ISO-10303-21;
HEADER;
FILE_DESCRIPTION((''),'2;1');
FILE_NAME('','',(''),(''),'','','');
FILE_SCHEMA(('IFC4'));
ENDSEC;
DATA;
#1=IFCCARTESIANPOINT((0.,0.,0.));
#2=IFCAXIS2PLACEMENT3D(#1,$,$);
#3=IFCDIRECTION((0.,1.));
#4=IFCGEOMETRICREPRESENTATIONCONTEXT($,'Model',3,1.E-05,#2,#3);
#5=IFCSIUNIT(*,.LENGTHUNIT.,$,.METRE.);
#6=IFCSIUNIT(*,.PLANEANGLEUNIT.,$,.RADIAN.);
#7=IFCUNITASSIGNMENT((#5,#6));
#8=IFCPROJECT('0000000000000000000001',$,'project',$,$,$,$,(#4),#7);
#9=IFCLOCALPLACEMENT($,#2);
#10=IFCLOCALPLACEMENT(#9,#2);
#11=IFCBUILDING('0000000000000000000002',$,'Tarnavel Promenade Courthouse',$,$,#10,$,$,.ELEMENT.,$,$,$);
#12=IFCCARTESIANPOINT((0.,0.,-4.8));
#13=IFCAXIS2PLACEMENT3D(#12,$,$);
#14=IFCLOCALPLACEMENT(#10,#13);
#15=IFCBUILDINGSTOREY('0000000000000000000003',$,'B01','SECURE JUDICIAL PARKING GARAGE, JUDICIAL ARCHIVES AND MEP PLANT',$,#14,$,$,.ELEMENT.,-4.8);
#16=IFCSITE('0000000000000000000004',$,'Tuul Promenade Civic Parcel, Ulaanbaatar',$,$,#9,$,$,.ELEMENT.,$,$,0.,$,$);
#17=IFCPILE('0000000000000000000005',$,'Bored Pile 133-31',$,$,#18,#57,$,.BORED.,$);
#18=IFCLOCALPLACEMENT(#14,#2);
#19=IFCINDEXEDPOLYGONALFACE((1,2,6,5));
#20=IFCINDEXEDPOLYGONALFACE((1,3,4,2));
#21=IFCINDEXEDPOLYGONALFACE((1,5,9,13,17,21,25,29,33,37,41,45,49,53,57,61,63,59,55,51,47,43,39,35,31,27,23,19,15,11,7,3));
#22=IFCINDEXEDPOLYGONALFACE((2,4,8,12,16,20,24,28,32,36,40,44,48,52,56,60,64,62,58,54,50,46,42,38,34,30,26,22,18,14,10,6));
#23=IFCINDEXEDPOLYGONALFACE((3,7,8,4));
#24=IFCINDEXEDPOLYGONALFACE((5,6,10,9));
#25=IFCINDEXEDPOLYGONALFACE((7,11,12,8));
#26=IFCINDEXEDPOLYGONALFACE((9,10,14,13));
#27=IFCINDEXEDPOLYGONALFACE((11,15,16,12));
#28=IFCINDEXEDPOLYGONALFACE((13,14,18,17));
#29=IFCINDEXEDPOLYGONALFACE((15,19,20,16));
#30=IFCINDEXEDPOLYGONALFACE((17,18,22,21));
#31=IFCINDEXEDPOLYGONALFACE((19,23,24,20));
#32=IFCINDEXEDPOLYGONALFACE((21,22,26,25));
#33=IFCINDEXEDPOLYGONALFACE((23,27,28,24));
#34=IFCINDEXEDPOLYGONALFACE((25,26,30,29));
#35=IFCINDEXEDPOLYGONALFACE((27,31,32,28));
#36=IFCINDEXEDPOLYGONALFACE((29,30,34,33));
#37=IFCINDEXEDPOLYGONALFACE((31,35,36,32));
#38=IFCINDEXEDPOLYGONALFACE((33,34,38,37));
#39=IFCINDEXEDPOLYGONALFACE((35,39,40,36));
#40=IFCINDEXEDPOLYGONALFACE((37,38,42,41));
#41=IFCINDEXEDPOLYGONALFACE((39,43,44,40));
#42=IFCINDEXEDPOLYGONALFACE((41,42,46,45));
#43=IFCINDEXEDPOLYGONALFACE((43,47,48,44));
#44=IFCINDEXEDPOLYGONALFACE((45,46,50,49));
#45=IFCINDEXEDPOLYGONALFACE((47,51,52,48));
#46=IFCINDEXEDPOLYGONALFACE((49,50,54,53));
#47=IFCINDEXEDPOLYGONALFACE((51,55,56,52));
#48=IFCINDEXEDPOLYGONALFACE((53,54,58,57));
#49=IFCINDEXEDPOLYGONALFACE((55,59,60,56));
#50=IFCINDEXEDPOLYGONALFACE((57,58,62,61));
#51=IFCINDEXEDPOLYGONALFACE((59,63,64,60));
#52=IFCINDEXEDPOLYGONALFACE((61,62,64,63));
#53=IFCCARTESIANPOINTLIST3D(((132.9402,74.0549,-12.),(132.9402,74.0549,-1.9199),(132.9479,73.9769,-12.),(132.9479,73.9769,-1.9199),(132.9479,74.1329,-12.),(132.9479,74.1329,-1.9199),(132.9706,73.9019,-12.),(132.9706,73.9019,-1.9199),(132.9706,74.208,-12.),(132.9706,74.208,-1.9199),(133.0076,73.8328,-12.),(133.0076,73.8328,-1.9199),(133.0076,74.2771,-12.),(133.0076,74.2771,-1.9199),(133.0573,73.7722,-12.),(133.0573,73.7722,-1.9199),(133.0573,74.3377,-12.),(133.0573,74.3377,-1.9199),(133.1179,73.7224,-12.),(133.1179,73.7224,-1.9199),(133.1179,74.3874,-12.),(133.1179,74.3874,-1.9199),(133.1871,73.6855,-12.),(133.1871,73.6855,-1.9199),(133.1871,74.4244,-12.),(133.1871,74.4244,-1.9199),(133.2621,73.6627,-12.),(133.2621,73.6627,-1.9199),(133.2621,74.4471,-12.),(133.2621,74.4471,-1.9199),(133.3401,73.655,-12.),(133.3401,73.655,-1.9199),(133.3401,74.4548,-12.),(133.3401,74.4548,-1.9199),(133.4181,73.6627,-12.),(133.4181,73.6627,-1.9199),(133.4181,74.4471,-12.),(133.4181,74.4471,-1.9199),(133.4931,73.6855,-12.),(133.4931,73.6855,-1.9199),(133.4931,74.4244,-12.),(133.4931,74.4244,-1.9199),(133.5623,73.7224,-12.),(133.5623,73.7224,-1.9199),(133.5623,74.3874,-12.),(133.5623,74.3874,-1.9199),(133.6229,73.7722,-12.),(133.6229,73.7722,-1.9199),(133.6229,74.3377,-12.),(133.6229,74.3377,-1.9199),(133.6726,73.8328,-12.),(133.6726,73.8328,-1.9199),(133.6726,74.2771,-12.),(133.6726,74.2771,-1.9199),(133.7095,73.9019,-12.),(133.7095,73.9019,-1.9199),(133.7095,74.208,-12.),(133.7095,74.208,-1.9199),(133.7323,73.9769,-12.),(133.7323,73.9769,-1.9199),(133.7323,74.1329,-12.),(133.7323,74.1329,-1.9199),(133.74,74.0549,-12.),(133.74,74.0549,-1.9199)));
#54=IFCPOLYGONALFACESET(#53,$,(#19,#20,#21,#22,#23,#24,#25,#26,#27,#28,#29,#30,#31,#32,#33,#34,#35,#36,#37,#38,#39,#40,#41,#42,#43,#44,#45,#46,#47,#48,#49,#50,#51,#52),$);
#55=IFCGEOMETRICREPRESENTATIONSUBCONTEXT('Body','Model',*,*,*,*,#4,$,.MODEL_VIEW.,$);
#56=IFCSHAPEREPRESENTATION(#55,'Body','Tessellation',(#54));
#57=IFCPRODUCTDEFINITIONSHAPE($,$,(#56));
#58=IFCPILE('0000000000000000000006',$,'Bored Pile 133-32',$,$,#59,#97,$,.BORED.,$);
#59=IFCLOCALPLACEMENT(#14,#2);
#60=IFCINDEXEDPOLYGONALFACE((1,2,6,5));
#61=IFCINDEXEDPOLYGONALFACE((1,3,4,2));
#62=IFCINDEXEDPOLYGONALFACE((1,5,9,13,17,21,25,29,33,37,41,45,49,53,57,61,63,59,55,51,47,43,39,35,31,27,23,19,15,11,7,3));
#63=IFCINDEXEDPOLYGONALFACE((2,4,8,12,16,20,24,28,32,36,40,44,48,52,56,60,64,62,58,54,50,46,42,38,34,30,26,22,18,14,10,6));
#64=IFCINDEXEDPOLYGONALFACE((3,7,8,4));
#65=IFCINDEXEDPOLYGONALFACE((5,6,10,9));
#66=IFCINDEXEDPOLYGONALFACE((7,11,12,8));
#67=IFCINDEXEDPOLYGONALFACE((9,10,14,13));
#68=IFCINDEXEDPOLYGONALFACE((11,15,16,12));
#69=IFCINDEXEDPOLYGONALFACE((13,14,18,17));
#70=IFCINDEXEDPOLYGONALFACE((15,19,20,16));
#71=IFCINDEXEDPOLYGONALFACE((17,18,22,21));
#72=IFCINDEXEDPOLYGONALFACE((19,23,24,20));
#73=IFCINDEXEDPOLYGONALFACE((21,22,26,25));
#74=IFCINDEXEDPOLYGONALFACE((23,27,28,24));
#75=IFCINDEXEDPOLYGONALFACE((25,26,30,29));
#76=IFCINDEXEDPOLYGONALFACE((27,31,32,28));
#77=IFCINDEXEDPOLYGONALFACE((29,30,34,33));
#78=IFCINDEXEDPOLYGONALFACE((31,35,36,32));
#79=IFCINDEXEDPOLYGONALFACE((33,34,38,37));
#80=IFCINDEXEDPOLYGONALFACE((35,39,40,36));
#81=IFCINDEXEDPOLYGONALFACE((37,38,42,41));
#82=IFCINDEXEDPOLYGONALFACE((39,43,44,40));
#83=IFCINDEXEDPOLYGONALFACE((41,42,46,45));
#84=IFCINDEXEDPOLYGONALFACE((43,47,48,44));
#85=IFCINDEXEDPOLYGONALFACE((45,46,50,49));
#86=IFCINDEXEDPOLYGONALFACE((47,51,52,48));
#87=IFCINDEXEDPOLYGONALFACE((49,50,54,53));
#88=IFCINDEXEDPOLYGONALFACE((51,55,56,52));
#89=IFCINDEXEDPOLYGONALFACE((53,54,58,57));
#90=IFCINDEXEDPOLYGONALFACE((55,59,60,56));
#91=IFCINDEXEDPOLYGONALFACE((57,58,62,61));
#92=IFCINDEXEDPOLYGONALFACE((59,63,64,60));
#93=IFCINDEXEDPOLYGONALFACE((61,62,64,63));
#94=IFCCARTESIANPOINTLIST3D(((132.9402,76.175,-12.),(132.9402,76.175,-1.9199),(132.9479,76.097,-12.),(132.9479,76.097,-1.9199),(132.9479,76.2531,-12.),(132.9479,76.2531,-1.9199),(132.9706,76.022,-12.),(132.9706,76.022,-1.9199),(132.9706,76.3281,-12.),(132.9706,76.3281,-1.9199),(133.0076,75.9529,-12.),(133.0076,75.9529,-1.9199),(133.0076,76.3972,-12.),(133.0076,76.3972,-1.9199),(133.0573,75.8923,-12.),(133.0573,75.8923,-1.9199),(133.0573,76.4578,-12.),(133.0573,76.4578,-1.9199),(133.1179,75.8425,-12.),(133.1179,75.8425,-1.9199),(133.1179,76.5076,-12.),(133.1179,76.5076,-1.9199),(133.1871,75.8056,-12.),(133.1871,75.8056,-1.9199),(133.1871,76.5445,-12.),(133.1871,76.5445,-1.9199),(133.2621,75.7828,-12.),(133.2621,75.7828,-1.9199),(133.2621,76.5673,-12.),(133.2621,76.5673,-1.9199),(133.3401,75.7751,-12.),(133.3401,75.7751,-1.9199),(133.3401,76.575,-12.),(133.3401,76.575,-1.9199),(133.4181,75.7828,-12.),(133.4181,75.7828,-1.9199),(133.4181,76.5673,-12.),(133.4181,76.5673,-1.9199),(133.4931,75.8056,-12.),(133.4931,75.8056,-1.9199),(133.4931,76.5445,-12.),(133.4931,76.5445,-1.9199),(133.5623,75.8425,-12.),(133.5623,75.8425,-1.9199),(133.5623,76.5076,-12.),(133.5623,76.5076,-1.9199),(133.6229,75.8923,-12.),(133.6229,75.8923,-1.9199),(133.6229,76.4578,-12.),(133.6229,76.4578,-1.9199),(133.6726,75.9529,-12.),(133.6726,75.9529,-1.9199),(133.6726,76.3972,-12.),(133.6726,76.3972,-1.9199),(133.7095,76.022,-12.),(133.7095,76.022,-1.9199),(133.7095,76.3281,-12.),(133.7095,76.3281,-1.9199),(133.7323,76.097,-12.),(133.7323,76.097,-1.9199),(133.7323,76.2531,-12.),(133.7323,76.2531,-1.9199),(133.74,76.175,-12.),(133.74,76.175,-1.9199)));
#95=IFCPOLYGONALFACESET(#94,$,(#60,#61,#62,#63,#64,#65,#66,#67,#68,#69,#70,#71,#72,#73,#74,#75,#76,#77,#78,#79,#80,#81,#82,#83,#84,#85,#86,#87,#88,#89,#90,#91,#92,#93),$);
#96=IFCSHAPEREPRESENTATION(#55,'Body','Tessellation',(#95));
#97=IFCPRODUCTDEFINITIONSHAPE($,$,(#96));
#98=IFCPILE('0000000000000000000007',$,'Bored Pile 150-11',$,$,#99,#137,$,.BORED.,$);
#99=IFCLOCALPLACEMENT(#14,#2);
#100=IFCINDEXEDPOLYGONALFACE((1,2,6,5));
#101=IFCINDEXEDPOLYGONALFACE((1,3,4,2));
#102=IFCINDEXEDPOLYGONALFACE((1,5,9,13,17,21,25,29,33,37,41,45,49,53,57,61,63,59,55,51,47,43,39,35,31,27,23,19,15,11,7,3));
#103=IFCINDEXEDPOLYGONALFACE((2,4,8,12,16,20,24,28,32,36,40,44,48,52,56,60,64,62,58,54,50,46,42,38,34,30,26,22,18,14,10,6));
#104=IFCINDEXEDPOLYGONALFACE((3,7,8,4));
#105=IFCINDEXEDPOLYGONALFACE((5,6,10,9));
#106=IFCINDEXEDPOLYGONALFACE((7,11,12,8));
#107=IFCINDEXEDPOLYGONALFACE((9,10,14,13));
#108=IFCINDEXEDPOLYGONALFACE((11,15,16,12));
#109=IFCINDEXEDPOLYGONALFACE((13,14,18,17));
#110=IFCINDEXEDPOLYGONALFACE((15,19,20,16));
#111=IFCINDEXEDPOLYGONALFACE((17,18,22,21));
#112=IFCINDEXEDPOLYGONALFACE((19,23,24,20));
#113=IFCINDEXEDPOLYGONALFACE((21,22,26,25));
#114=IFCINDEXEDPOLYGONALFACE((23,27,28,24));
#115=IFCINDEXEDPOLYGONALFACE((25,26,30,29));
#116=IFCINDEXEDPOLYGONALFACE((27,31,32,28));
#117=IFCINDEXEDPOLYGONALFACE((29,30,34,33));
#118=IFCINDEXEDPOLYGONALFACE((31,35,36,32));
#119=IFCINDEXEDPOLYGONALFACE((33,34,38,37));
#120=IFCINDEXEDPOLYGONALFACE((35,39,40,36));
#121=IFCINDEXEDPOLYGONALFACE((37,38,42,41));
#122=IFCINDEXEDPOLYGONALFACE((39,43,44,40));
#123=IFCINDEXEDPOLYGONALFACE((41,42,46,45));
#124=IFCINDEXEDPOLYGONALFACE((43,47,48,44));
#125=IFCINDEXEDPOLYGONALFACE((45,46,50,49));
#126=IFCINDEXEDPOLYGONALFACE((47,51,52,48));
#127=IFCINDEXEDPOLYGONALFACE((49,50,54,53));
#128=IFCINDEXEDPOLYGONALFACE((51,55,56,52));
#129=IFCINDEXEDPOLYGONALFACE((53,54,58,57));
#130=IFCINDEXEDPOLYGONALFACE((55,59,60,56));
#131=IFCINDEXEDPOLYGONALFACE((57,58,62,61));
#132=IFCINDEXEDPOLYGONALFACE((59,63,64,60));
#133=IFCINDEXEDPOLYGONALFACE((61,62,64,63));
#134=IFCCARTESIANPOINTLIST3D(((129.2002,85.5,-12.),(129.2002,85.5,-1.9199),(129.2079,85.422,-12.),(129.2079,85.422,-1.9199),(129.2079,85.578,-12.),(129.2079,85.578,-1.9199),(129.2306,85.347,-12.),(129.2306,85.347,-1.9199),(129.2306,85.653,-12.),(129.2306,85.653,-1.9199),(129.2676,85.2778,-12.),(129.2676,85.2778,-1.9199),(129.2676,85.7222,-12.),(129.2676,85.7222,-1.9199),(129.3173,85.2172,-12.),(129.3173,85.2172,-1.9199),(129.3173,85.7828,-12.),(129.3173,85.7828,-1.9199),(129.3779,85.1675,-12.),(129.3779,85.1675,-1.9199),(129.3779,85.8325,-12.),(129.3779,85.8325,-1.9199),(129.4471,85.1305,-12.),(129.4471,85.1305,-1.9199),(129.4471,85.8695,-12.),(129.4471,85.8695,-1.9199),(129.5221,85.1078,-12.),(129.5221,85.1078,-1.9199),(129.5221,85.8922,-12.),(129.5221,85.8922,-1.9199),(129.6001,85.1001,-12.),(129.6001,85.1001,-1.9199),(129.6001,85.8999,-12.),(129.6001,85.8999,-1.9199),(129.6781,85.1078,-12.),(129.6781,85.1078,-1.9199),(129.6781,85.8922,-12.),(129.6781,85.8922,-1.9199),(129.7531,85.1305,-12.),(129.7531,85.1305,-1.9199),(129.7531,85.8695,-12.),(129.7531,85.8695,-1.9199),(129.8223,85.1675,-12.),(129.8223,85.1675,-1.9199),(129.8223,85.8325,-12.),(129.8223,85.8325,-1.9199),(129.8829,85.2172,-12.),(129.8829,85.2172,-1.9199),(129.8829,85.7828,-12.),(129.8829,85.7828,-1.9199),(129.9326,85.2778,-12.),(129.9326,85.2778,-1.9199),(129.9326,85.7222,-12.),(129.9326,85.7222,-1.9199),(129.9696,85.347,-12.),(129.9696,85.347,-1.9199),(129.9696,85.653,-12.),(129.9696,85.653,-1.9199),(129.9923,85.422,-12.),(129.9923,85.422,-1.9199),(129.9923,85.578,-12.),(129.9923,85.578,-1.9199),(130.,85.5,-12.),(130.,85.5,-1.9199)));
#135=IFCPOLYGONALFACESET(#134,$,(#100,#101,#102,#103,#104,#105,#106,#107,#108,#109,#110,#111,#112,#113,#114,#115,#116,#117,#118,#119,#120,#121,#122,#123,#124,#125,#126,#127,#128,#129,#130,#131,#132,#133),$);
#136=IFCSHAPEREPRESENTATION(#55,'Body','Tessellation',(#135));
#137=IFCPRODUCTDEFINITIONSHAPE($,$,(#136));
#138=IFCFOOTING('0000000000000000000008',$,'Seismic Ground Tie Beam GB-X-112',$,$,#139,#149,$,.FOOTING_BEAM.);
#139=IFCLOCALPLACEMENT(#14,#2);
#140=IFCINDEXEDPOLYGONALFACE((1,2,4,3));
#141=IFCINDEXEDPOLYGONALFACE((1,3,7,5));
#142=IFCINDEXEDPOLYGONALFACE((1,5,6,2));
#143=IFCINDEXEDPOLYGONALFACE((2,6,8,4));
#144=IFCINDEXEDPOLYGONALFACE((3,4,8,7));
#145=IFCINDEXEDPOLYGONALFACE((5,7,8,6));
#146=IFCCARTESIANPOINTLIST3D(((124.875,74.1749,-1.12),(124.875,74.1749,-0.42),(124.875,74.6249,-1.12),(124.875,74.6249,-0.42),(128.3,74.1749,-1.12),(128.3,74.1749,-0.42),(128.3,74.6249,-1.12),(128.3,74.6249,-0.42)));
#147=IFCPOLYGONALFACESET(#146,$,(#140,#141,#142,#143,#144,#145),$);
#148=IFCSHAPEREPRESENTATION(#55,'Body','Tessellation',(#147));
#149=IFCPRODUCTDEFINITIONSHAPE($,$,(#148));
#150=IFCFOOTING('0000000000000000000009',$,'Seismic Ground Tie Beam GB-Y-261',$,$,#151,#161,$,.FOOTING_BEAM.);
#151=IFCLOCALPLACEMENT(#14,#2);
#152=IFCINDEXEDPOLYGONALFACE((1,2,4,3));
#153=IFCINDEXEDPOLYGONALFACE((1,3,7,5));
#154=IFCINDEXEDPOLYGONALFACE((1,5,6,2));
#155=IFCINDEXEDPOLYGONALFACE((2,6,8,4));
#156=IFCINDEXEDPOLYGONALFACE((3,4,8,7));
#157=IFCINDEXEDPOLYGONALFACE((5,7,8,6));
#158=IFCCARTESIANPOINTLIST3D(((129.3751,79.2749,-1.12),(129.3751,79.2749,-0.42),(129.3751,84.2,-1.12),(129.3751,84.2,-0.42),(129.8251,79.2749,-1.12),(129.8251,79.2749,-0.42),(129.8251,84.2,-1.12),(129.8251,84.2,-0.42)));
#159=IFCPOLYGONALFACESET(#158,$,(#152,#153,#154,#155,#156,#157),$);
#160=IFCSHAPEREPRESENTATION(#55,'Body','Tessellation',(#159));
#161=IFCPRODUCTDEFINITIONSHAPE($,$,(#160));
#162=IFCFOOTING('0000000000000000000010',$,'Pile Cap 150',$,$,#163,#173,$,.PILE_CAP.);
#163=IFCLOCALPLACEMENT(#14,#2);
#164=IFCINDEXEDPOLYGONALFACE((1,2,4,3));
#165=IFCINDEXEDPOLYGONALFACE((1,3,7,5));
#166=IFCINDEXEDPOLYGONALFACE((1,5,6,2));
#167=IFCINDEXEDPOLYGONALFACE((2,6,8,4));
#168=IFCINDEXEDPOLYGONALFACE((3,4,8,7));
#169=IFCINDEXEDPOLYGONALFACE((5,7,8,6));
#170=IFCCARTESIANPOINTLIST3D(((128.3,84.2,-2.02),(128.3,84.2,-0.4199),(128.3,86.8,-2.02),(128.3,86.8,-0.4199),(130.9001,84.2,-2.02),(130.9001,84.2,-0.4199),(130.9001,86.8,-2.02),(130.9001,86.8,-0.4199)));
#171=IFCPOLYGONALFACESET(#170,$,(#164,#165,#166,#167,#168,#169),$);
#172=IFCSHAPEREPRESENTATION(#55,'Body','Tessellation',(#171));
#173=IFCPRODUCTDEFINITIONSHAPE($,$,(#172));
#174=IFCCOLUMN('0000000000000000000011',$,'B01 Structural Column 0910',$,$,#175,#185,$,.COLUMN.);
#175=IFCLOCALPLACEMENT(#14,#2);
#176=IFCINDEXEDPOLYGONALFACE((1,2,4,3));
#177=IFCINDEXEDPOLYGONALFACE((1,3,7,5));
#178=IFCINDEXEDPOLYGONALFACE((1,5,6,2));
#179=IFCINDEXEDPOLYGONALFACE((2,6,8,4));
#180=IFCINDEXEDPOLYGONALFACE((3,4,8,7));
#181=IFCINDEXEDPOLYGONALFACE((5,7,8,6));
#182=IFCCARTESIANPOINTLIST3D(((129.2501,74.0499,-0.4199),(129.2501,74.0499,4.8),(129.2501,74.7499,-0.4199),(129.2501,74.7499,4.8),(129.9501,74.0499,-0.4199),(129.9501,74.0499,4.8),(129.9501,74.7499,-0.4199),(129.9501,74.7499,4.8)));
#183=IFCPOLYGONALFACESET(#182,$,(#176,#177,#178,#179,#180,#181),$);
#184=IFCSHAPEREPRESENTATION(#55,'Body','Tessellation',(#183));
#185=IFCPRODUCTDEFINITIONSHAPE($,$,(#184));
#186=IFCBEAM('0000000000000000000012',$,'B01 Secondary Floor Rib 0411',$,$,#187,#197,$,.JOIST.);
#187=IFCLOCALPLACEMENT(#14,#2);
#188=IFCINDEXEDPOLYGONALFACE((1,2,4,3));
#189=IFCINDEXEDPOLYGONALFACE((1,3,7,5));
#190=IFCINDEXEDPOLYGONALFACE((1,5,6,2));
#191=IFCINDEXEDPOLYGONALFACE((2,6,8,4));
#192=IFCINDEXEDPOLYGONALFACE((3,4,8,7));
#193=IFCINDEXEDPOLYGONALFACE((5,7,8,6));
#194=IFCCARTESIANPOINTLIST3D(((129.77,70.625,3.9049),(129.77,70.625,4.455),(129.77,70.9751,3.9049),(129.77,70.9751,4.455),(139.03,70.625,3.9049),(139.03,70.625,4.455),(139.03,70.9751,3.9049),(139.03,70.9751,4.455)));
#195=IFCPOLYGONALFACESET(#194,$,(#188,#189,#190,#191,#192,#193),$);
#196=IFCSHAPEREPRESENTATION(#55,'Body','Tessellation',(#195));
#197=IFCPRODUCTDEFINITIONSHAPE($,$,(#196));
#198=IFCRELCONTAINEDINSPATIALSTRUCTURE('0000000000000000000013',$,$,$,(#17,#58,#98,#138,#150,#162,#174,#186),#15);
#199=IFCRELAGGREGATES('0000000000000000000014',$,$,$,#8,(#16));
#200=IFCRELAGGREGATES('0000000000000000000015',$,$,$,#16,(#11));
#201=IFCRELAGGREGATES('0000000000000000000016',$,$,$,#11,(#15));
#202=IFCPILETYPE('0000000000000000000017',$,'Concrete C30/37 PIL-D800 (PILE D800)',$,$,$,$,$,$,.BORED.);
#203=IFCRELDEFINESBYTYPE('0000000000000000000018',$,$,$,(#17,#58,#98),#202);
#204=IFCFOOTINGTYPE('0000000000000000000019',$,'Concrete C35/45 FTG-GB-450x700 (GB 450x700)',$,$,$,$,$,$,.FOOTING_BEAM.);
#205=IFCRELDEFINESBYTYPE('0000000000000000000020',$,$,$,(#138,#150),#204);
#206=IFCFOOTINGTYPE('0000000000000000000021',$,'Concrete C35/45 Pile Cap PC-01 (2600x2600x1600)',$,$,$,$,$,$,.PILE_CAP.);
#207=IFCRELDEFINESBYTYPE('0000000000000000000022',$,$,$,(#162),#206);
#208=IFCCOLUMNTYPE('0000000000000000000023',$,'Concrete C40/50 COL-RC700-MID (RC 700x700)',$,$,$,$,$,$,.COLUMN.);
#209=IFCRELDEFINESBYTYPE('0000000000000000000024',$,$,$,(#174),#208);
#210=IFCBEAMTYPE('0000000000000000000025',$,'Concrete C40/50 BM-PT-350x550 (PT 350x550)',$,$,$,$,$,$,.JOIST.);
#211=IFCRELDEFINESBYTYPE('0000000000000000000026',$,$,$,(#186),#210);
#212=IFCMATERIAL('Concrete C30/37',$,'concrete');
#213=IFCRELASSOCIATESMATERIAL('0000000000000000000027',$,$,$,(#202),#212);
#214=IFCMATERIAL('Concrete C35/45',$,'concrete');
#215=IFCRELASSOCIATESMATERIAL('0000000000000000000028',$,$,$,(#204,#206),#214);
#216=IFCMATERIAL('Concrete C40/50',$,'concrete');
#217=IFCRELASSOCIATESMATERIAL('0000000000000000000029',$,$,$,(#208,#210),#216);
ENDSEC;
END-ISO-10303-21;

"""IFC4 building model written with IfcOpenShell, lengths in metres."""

from ifc_helpers import new_model, si_unit, direction, frame, origin, origin_2d, place, context, subcontext, project, spatial, rectangle, circle, extrude, material, material_profile, profile_set, type_object, element, save


model = new_model("IFC4")

# Units and contexts
model_context = context("Model", 3, precision=1e-05, world=origin(), true_north=direction((0.0, 1.0)))
body_context = subcontext(model_context, "Body", "Model", "MODEL_VIEW")
ifc_project = project(units=[si_unit("LENGTHUNIT", "METRE"), si_unit("PLANEANGLEUNIT", "RADIAN")], contexts=[model_context])

# Site, building, storey
site_placement = place(None, origin())
site = spatial("IfcSite", under=ifc_project, at=site_placement, Name="Tuul Promenade Civic Parcel, Ulaanbaatar", CompositionType="ELEMENT", RefElevation=0.0)
building_placement = place(site_placement, origin())
building = spatial("IfcBuilding", under=site, at=building_placement, Name="Tarnavel Promenade Courthouse", CompositionType="ELEMENT")
storey_placement = place(building_placement, frame((0.0, 0.0, -4.8)))
storey = spatial("IfcBuildingStorey", under=building, at=storey_placement, Name="B01", Description="SECURE JUDICIAL PARKING GARAGE, JUDICIAL ARCHIVES AND MEP PLANT", CompositionType="ELEMENT", Elevation=-4.8)

# Piles
ifc_material_1 = material(Name="Concrete C30/37", Category="concrete")
ifc_material_profile_1 = material_profile(ifc_material_1, circle(Radius=0.3999, at=origin_2d()), Name="PILE D800")
ifc_profile_set_1 = profile_set([ifc_material_profile_1], Name="Concrete C30/37")
pile_type = type_object("IfcPileType", Name="Concrete C30/37 PIL-D800 (PILE D800)", PredefinedType="BORED", material=ifc_profile_set_1)
for number, where, z_axis, x_axis, name in (
    (1, (133.3401, 74.0549, -1.9199), (0.0, 0.0, -1.0), (1.0, 0.0, 0.0), "Bored Pile 133-31"),
    (2, (133.3401, 76.175, -1.9199), (0.0, 0.0, -1.0), (1.0, 0.0, 0.0), "Bored Pile 133-32"),
    (3, (129.6001, 85.5, -1.9199), (0.0, 0.0, -1.0), (1.0, 0.0, 0.0), "Bored Pile 150-11"),
):
    element("IfcPile", number, at=place(storey_placement, frame(where, z_axis=z_axis, x_axis=x_axis)), inside=storey, type_object=pile_type, Name=name, PredefinedType="BORED", context=body_context, shape_type="SweptSolid", body=[
        extrude(circle(Radius=0.3999, at=origin_2d()), origin(), (0.0, 0.0, 1.0), 10.0801),
    ])

# Footings
ifc_material_2 = material(Name="Concrete C35/45", Category="concrete")
ifc_material_profile_2 = material_profile(ifc_material_2, rectangle(XDim=0.45, YDim=0.7, at=origin_2d()), Name="GB 450x700")
ifc_profile_set_2 = profile_set([ifc_material_profile_2], Name="Concrete C35/45")
footing_type_1 = type_object("IfcFootingType", Name="Concrete C35/45 FTG-GB-450x700 (GB 450x700)", PredefinedType="FOOTING_BEAM", material=ifc_profile_set_2)
footing_1_placement = place(storey_placement, frame((124.875, 74.3999, -0.77), z_axis=(1.0, 0.0, 0.0), x_axis=(0.0, 1.0, 0.0)))
element("IfcFooting", 4, at=footing_1_placement, inside=storey, type_object=footing_type_1, Name="Seismic Ground Tie Beam GB-X-112", PredefinedType="FOOTING_BEAM", context=body_context, shape_type="SweptSolid", body=[
    extrude(rectangle(XDim=0.45, YDim=0.7, at=origin_2d()), origin(), (0.0, 0.0, 1.0), 3.425),
])
footing_2_placement = place(storey_placement, frame((129.6001, 79.2749, -0.77), z_axis=(0.0, 1.0, 0.0), x_axis=(-1.0, 0.0, 0.0)))
element("IfcFooting", 5, at=footing_2_placement, inside=storey, type_object=footing_type_1, Name="Seismic Ground Tie Beam GB-Y-261", PredefinedType="FOOTING_BEAM", context=body_context, shape_type="SweptSolid", body=[
    extrude(rectangle(XDim=0.45, YDim=0.7, at=origin_2d()), origin(), (0.0, 0.0, 1.0), 4.925),
])
footing_type_2 = type_object("IfcFootingType", Name="Concrete C35/45 Pile Cap PC-01 (2600x2600x1600)", PredefinedType="PILE_CAP", material=ifc_material_2)
footing_3_placement = place(storey_placement, frame((129.6001, 85.5, -2.02), z_axis=(0.0, 0.0, 1.0), x_axis=(1.0, 0.0, 0.0)))
element("IfcFooting", 6, at=footing_3_placement, inside=storey, type_object=footing_type_2, Name="Pile Cap 150", PredefinedType="PILE_CAP", context=body_context, shape_type="SweptSolid", body=[
    extrude(rectangle(XDim=2.6001, YDim=2.6001, at=origin_2d()), origin(), (0.0, 0.0, 1.0), 1.6001),
])

# Column
ifc_material_3 = material(Name="Concrete C40/50", Category="concrete")
ifc_material_profile_3 = material_profile(ifc_material_3, rectangle(XDim=0.7, YDim=0.7, at=origin_2d()), Name="RC 700x700")
ifc_profile_set_3 = profile_set([ifc_material_profile_3], Name="Concrete C40/50")
column_type = type_object("IfcColumnType", Name="Concrete C40/50 COL-RC700-MID (RC 700x700)", PredefinedType="COLUMN", material=ifc_profile_set_3)
column_placement = place(storey_placement, frame((129.6001, 74.3999, -0.4199), z_axis=(0.0, 0.0, 1.0), x_axis=(1.0, 0.0, 0.0)))
element("IfcColumn", 7, at=column_placement, inside=storey, type_object=column_type, Name="B01 Structural Column 0910", PredefinedType="COLUMN", context=body_context, shape_type="SweptSolid", body=[
    extrude(rectangle(XDim=0.7, YDim=0.7, at=origin_2d()), origin(), (0.0, 0.0, 1.0), 5.22),
])

# Beam
ifc_material_profile_4 = material_profile(ifc_material_3, rectangle(XDim=0.3501, YDim=0.55, at=origin_2d()), Name="PT 350x550")
ifc_profile_set_4 = profile_set([ifc_material_profile_4], Name="Concrete C40/50")
beam_type_1 = type_object("IfcBeamType", Name="Concrete C40/50 BM-PT-350x550 (PT 350x550)", PredefinedType="JOIST", material=ifc_profile_set_4)
beam_1_placement = place(storey_placement, frame((129.77, 70.8, 4.1799), z_axis=(1.0, 0.0, 0.0), x_axis=(0.0, 1.0, 0.0)))
element("IfcBeam", 8, at=beam_1_placement, inside=storey, type_object=beam_type_1, Name="B01 Secondary Floor Rib 0411", PredefinedType="JOIST", context=body_context, shape_type="SweptSolid", body=[
    extrude(rectangle(XDim=0.3501, YDim=0.55, at=origin_2d()), origin(), (0.0, 0.0, 1.0), 9.26),
])

save(model, "model.ifc")
